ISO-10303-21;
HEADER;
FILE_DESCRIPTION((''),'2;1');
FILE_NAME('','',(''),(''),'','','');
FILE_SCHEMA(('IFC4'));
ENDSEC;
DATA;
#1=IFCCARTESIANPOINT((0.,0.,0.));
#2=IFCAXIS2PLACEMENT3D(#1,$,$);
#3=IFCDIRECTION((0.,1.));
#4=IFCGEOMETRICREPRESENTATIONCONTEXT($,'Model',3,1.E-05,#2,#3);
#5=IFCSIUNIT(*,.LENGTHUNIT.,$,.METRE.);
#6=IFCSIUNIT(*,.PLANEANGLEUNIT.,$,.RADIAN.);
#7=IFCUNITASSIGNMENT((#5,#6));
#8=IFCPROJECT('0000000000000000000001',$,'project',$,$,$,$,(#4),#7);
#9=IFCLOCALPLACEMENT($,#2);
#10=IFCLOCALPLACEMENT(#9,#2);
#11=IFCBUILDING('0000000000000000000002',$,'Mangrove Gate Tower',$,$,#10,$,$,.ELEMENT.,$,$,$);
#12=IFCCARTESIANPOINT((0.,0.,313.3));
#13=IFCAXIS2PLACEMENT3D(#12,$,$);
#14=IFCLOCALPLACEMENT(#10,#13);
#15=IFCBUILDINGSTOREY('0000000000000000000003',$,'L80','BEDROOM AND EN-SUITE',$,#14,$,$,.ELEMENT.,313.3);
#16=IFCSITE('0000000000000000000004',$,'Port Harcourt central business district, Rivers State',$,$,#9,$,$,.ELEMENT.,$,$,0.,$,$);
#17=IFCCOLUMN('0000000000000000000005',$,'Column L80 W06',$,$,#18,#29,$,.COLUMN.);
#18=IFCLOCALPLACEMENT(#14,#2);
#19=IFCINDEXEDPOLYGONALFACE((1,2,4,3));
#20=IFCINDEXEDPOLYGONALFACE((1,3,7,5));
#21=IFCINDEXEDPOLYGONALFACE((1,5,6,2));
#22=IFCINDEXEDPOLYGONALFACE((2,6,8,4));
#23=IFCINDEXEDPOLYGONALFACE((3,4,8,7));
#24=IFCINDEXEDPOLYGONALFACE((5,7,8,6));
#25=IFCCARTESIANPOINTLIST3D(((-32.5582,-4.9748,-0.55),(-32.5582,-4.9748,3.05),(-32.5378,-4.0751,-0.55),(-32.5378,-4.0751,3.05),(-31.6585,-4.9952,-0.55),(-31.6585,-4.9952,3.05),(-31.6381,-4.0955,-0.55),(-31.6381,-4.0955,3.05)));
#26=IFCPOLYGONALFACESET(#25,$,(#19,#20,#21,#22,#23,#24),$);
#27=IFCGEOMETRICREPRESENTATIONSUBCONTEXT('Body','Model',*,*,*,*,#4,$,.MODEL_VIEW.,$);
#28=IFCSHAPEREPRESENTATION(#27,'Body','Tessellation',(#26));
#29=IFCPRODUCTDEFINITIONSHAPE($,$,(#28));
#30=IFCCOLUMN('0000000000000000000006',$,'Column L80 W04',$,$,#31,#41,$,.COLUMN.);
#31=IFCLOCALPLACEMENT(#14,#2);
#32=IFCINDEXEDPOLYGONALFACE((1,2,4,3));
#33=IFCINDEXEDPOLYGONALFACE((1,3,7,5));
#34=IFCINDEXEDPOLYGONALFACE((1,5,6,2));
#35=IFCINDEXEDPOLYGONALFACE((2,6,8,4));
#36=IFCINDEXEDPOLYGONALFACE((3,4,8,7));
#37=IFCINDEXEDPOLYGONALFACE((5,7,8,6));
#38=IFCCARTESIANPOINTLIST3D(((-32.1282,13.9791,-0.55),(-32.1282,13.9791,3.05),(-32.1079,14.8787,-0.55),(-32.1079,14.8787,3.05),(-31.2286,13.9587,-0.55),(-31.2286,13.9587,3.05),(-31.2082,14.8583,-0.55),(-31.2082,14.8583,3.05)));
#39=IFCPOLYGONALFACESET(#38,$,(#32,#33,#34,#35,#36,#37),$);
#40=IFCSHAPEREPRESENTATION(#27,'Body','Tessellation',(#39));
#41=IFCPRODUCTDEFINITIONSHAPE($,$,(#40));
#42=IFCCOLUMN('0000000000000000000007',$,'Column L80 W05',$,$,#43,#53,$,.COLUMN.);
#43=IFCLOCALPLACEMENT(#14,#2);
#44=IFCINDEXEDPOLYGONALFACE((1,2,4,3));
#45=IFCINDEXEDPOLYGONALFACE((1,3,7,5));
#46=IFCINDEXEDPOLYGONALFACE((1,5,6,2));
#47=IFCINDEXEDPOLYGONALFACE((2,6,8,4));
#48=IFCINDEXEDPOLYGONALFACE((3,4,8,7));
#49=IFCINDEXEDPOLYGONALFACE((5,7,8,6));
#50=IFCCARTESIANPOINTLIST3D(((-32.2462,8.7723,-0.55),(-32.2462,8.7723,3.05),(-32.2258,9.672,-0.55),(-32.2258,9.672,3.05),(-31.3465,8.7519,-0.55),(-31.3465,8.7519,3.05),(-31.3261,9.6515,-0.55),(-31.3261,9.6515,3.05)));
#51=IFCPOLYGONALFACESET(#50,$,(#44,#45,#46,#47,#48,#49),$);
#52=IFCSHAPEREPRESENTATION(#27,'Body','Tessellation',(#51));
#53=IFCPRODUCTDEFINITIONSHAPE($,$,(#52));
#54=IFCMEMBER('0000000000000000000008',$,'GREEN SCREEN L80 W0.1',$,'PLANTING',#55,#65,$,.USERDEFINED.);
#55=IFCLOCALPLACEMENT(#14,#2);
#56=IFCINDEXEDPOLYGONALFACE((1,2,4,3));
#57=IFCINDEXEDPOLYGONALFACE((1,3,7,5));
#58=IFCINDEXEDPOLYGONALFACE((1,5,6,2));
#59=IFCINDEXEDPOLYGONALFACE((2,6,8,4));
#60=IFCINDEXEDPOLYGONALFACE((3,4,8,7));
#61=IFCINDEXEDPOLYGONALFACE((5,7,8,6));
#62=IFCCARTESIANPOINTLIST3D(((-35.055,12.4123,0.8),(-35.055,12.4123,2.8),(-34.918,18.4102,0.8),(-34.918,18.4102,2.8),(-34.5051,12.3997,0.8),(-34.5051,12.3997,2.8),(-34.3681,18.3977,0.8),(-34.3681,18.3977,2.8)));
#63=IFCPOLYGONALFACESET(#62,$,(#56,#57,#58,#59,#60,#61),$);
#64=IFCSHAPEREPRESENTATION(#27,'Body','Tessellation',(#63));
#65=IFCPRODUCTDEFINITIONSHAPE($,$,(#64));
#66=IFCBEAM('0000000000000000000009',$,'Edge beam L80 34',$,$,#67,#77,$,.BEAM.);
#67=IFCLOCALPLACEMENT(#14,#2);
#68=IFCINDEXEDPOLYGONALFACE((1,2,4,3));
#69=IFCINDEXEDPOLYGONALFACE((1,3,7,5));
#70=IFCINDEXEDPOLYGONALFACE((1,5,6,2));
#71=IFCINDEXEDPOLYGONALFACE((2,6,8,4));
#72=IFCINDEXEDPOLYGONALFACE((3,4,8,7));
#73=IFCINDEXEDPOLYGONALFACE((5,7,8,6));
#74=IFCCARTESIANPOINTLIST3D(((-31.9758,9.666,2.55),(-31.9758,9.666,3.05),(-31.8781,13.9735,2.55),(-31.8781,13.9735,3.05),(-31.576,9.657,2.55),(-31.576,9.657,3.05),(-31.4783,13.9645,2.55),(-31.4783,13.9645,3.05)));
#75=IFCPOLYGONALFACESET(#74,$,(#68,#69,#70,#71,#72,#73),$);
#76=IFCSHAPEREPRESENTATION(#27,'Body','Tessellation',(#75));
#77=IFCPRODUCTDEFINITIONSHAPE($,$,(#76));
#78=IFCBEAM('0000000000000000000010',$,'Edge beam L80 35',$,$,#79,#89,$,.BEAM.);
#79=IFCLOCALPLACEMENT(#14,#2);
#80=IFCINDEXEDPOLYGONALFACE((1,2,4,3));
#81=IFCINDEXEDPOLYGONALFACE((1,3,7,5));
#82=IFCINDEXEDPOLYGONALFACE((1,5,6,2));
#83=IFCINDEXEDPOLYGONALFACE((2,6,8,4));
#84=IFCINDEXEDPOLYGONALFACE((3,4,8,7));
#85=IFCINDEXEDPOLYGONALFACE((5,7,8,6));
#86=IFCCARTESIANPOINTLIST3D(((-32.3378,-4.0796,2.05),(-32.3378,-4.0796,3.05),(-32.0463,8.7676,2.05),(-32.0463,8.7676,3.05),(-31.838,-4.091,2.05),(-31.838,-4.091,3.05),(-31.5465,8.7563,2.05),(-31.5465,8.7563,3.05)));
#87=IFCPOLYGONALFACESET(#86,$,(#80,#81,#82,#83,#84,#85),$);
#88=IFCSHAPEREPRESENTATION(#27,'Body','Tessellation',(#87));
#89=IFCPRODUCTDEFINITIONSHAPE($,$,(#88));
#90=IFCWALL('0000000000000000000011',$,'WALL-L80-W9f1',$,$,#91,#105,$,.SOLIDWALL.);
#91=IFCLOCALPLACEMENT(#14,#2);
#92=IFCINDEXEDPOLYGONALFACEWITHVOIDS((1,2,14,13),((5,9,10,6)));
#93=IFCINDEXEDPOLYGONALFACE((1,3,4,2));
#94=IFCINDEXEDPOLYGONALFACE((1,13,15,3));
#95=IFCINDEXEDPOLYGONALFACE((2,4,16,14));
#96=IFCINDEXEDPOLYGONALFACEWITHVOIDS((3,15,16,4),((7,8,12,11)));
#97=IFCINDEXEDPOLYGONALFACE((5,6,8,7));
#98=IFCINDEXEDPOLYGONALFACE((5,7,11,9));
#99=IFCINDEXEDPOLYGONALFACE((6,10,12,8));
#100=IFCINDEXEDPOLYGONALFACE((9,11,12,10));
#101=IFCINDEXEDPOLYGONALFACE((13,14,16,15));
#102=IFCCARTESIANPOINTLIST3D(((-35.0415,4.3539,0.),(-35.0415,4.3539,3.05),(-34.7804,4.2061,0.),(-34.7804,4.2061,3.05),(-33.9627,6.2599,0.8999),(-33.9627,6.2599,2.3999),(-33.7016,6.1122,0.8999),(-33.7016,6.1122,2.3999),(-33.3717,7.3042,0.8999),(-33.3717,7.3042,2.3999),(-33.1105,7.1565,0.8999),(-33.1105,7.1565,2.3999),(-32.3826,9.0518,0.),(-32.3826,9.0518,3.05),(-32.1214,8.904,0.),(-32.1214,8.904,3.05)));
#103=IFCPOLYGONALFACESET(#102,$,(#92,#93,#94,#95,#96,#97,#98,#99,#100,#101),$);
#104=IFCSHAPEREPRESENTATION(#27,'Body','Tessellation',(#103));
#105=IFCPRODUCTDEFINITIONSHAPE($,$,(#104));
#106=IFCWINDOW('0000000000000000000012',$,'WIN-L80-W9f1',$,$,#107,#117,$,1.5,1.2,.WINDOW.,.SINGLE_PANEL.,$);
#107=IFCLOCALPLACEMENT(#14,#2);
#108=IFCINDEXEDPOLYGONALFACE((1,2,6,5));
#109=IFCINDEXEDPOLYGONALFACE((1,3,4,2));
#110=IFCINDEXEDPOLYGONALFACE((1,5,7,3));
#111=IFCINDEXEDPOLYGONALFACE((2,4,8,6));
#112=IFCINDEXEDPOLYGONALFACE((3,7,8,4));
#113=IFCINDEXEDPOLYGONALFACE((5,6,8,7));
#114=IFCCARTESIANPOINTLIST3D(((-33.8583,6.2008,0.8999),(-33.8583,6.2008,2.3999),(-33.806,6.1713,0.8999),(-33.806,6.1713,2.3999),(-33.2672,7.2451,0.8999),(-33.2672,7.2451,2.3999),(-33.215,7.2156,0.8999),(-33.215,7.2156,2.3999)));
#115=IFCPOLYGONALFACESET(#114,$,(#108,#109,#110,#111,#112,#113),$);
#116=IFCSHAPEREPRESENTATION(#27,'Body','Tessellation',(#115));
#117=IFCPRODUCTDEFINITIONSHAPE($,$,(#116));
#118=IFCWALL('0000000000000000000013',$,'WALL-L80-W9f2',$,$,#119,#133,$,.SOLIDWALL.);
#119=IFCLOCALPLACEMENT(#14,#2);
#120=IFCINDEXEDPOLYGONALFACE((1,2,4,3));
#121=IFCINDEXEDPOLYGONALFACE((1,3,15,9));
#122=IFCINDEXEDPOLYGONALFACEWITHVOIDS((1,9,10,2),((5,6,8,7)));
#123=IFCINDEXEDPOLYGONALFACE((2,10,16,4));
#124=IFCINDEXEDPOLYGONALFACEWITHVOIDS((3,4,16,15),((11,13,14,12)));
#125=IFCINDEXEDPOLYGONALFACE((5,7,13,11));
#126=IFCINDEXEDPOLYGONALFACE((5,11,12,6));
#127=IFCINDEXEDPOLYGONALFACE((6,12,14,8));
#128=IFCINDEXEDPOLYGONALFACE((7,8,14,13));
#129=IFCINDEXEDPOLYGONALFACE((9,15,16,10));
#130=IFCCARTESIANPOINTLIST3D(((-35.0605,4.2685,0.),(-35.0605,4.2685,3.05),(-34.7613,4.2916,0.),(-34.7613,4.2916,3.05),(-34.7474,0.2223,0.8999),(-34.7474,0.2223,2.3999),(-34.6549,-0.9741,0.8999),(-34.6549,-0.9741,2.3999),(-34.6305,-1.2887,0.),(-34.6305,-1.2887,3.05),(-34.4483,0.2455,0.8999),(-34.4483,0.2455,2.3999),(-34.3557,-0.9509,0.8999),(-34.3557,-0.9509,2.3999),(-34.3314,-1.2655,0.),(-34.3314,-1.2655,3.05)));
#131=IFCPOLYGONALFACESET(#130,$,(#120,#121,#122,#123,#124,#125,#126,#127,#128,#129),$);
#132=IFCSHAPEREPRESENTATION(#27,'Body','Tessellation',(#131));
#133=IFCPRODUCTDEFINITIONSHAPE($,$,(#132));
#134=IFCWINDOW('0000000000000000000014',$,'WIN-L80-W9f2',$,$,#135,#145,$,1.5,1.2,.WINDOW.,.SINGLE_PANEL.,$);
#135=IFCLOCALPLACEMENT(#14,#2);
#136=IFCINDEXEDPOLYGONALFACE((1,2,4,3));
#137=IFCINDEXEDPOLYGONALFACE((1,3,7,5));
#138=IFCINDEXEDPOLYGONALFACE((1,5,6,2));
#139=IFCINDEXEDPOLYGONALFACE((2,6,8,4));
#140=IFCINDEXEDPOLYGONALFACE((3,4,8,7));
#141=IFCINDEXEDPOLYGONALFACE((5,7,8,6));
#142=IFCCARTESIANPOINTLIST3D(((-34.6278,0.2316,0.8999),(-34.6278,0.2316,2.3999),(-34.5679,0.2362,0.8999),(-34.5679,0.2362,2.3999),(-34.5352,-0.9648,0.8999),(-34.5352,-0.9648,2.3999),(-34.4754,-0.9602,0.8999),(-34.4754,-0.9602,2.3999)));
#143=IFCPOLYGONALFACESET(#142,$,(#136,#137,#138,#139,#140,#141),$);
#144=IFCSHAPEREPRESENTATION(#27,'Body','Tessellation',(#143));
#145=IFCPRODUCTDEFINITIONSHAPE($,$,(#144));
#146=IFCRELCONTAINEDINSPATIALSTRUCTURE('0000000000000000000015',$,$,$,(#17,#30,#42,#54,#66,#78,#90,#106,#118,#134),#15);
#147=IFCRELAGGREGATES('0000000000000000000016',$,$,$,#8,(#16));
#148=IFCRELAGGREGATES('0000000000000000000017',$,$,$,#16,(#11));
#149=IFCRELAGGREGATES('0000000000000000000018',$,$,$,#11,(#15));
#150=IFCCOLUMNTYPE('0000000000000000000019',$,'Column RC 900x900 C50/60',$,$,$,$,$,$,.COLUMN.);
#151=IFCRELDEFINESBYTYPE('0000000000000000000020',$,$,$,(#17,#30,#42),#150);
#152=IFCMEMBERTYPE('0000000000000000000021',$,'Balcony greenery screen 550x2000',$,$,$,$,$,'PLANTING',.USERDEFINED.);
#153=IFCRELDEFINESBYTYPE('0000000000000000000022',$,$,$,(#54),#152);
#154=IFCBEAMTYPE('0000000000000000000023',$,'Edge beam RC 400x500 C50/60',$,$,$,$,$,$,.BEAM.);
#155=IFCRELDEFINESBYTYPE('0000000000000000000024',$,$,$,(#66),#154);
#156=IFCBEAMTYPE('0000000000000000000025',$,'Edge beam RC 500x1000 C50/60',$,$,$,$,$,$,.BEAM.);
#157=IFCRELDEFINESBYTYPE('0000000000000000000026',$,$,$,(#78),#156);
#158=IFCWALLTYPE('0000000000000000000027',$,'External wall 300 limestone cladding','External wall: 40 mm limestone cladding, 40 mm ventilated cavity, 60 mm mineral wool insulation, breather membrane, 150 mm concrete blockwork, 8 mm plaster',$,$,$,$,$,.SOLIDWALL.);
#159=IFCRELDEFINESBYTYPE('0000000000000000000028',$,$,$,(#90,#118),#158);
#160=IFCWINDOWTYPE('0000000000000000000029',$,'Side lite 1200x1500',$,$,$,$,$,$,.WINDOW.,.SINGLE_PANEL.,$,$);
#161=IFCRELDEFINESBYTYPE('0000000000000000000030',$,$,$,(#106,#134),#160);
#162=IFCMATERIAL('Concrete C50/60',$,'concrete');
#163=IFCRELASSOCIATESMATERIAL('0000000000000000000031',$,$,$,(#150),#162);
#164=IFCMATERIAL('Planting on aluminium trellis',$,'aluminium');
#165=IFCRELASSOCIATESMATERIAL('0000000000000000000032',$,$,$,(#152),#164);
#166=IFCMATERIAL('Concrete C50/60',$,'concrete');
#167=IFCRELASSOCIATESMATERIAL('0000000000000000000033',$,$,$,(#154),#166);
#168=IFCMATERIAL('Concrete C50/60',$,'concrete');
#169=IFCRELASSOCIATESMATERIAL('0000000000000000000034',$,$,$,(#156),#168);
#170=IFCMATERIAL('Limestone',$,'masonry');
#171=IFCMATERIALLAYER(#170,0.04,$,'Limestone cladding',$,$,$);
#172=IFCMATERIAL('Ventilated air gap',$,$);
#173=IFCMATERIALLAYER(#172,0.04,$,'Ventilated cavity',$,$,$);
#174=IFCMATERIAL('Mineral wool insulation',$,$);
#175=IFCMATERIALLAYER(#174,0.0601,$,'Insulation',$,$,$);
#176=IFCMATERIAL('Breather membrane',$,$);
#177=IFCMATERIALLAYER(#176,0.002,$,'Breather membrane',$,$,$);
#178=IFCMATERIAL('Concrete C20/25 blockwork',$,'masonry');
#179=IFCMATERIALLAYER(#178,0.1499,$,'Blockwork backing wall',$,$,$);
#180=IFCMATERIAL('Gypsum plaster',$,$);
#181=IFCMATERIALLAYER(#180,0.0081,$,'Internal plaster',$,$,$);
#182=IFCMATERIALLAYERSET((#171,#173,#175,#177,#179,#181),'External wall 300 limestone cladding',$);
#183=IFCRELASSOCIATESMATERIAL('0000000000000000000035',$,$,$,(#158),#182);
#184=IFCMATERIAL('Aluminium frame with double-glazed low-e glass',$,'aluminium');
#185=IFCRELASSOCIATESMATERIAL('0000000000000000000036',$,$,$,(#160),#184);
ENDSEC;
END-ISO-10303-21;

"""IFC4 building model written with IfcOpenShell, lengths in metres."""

from ifc_helpers import new_model, si_unit, direction, frame, frame_2d, origin, origin_2d, place, context, subcontext, project, spatial, rectangle, extrude, material, layer, layer_set, material_profile, profile_set, type_object, element, fill, save


model = new_model("IFC4")

# Units and contexts
model_context = context("Model", 3, precision=1e-05, world=origin(), true_north=direction((0.0, 1.0)))
body_context = subcontext(model_context, "Body", "Model", "MODEL_VIEW")
ifc_project = project(units=[si_unit("LENGTHUNIT", "METRE"), si_unit("PLANEANGLEUNIT", "RADIAN")], contexts=[model_context])

# Site, building, storey
site_placement = place(None, origin())
site = spatial("IfcSite", under=ifc_project, at=site_placement, Name="Port Harcourt central business district, Rivers State", CompositionType="ELEMENT", RefElevation=0.0)
building_placement = place(site_placement, origin())
building = spatial("IfcBuilding", under=site, at=building_placement, Name="Mangrove Gate Tower", CompositionType="ELEMENT")
storey_placement = place(building_placement, frame((0.0, 0.0, 313.3)))
storey = spatial("IfcBuildingStorey", under=building, at=storey_placement, Name="L80", Description="BEDROOM AND EN-SUITE", CompositionType="ELEMENT", Elevation=313.3)

# Columns
ifc_material_1 = material(Name="Concrete C50/60", Category="concrete")
ifc_material_profile_1 = material_profile(ifc_material_1, rectangle(XDim=0.8999, YDim=0.8999, at=origin_2d()))
ifc_profile_set_1 = profile_set([ifc_material_profile_1], Name="Concrete C50/60")
column_type = type_object("IfcColumnType", Name="Column RC 900x900 C50/60", PredefinedType="COLUMN", material=ifc_profile_set_1)
for number, where, z_axis, x_axis, name in (
    (1, (-32.0981, -4.5352, -0.55), (0.0, 0.0, 1.0), (-0.02268, -0.999743, 0.0), "Column L80 W06"),
    (2, (-31.6682, 14.4187, -0.55), (0.0, 0.0, 1.0), (-0.022656, -0.999743, 0.0), "Column L80 W04"),
    (3, (-31.7861, 9.2119, -0.55), (0.0, 0.0, 1.0), (-0.022681, -0.999743, 0.0), "Column L80 W05"),
):
    element("IfcColumn", number, at=place(storey_placement, frame(where, z_axis=z_axis, x_axis=x_axis)), inside=storey, type_object=column_type, Name=name, PredefinedType="COLUMN", context=body_context, shape_type="SweptSolid", body=[
        extrude(rectangle(XDim=0.8999, YDim=0.8999, at=origin_2d()), origin(), (0.0, 0.0, 1.0), 3.6001),
    ])

# Member
ifc_material_2 = material(Name="Planting on aluminium trellis", Category="aluminium")
ifc_material_profile_2 = material_profile(ifc_material_2, rectangle(XDim=0.55, YDim=2.0, at=origin_2d()))
ifc_profile_set_2 = profile_set([ifc_material_profile_2], Name="Planting on aluminium trellis")
member_type = type_object("IfcMemberType", Name="Balcony greenery screen 550x2000", ElementType="PLANTING", PredefinedType="USERDEFINED", material=ifc_profile_set_2)
member_placement = place(storey_placement, frame((-34.78, 12.406, 1.8), z_axis=(0.022829, 0.999739, 0.0), x_axis=(-0.999739, 0.022829, 0.0)))
element("IfcMember", 4, at=member_placement, inside=storey, type_object=member_type, Name="GREEN SCREEN L80 W0.1", ObjectType="PLANTING", PredefinedType="USERDEFINED", context=body_context, shape_type="SweptSolid", body=[
    extrude(rectangle(XDim=0.55, YDim=2.0, at=origin_2d()), origin(), (0.0, 0.0, 1.0), 5.9995),
])

# Beams
ifc_material_3 = material(Name="Concrete C50/60", Category="concrete")
ifc_material_profile_3 = material_profile(ifc_material_3, rectangle(XDim=0.3999, YDim=0.5, at=origin_2d()))
ifc_profile_set_3 = profile_set([ifc_material_profile_3], Name="Concrete C50/60")
beam_type_1 = type_object("IfcBeamType", Name="Edge beam RC 400x500 C50/60", PredefinedType="BEAM", material=ifc_profile_set_3)
beam_1_placement = place(storey_placement, frame((-31.6782, 13.969, 2.8), z_axis=(-0.022666, -0.999743, 0.0), x_axis=(0.999743, -0.022666, 0.0)))
element("IfcBeam", 5, at=beam_1_placement, inside=storey, type_object=beam_type_1, Name="Edge beam L80 34", PredefinedType="BEAM", context=body_context, shape_type="SweptSolid", body=[
    extrude(rectangle(XDim=0.3999, YDim=0.5, at=origin_2d()), origin(), (0.0, 0.0, 1.0), 4.3086),
])
ifc_material_4 = material(Name="Concrete C50/60", Category="concrete")
ifc_material_profile_4 = material_profile(ifc_material_4, rectangle(XDim=0.5, YDim=1.0, at=origin_2d()))
ifc_profile_set_4 = profile_set([ifc_material_profile_4], Name="Concrete C50/60")
beam_type_2 = type_object("IfcBeamType", Name="Edge beam RC 500x1000 C50/60", PredefinedType="BEAM", material=ifc_profile_set_4)
beam_2_placement = place(storey_placement, frame((-31.7964, 8.762, 2.55), z_axis=(-0.022684, -0.999743, 0.0), x_axis=(0.999743, -0.022684, 0.0)))
element("IfcBeam", 6, at=beam_2_placement, inside=storey, type_object=beam_type_2, Name="Edge beam L80 35", PredefinedType="BEAM", context=body_context, shape_type="SweptSolid", body=[
    extrude(rectangle(XDim=0.5, YDim=1.0, at=origin_2d()), origin(), (0.0, 0.0, 1.0), 12.8506),
])

# Walls, openings, windows
ifc_material_5 = material(Name="Limestone", Category="masonry")
ifc_layer_1 = layer(ifc_material_5, 0.04, Name="Limestone cladding")
ifc_material_6 = material(Name="Ventilated air gap")
ifc_layer_2 = layer(ifc_material_6, 0.04, Name="Ventilated cavity")
ifc_material_7 = material(Name="Mineral wool insulation")
ifc_layer_3 = layer(ifc_material_7, 0.0601, Name="Insulation")
ifc_material_8 = material(Name="Breather membrane")
ifc_layer_4 = layer(ifc_material_8, 0.002, Name="Breather membrane")
ifc_material_9 = material(Name="Concrete C20/25 blockwork", Category="masonry")
ifc_layer_5 = layer(ifc_material_9, 0.1499, Name="Blockwork backing wall")
ifc_material_10 = material(Name="Gypsum plaster")
ifc_layer_6 = layer(ifc_material_10, 0.0081, Name="Internal plaster")
ifc_layer_set_1 = layer_set([ifc_layer_1, ifc_layer_2, ifc_layer_3, ifc_layer_4, ifc_layer_5, ifc_layer_6], Name="External wall 300 limestone cladding")
wall_type_1 = type_object("IfcWallType", Name="External wall 300 limestone cladding", Description="External wall: 40 mm limestone cladding, 40 mm ventilated cavity, 60 mm mineral wool insulation, breather membrane, 150 mm concrete blockwork, 8 mm plaster", PredefinedType="SOLIDWALL", material=ifc_layer_set_1)
wall_1_placement = place(storey_placement, frame((-32.252, 8.978, 0.0), z_axis=(0.0, 0.0, 1.0), x_axis=(-0.492555, -0.870281, 0.0)))
wall_1 = element("IfcWall", 7, at=wall_1_placement, inside=storey, type_object=wall_type_1, Name="WALL-L80-W9f1", PredefinedType="SOLIDWALL", context=body_context, shape_type="SweptSolid", body=[
    extrude(rectangle(XDim=5.3982, YDim=0.3, at=frame_2d((2.6992, 0.0))), origin(), (0.0, 0.0, 1.0), 3.05),
])
opening_1_placement = place(wall_1_placement, frame((2.0081, 0.0, 0.8999)))
opening_1 = element("IfcOpeningElement", 8, at=opening_1_placement, cuts=wall_1, PredefinedType="OPENING", context=body_context, shape_type="SweptSolid", body=[
    extrude(rectangle(XDim=1.2, YDim=1.5, at=frame_2d((0.6001, 0.75))), frame((0.0, 0.1599, 0.0), z_axis=(0.0, -1.0, 0.0), x_axis=(1.0, 0.0, 0.0)), (0.0, 0.0, 1.0), 0.3201),
])
ifc_material_11 = material(Name="Aluminium frame with double-glazed low-e glass", Category="aluminium")
window_type_1 = type_object("IfcWindowType", Name="Side lite 1200x1500", PartitioningType="SINGLE_PANEL", PredefinedType="WINDOW", material=ifc_material_11)
window_1_placement = place(opening_1_placement, origin())
window_1 = element("IfcWindow", 9, at=window_1_placement, inside=storey, type_object=window_type_1, Name="WIN-L80-W9f1", OverallHeight=1.5, OverallWidth=1.2, PartitioningType="SINGLE_PANEL", PredefinedType="WINDOW", context=body_context, shape_type="SweptSolid", body=[
    extrude(rectangle(XDim=1.2, YDim=1.5, at=frame_2d((0.6001, 0.75))), frame((0.0, 0.03, 0.0), z_axis=(0.0, -1.0, 0.0), x_axis=(1.0, 0.0, 0.0)), (0.0, 0.0, 1.0), 0.0601),
])
fill(opening_1, window_1)
wall_2_placement = place(storey_placement, frame((-34.9109, 4.28, 0.0), z_axis=(0.0, 0.0, 1.0), x_axis=(0.077135, -0.997021, 0.0)))
wall_2 = element("IfcWall", 10, at=wall_2_placement, inside=storey, type_object=wall_type_1, Name="WALL-L80-W9f2", PredefinedType="SOLIDWALL", context=body_context, shape_type="SweptSolid", body=[
    extrude(rectangle(XDim=5.5737, YDim=0.3, at=frame_2d((2.7869, 0.0))), origin(), (0.0, 0.0, 1.0), 3.05),
])
opening_2_placement = place(wall_2_placement, frame((4.0581, 0.0, 0.8999)))
opening_2 = element("IfcOpeningElement", 11, at=opening_2_placement, cuts=wall_2, PredefinedType="OPENING", context=body_context, shape_type="SweptSolid", body=[
    extrude(rectangle(XDim=1.2, YDim=1.5, at=frame_2d((0.6001, 0.75))), frame((0.0, 0.1599, 0.0), z_axis=(0.0, -1.0, 0.0), x_axis=(1.0, 0.0, 0.0)), (0.0, 0.0, 1.0), 0.3201),
])
window_2_placement = place(opening_2_placement, origin())
window_2 = element("IfcWindow", 12, at=window_2_placement, inside=storey, type_object=window_type_1, Name="WIN-L80-W9f2", OverallHeight=1.5, OverallWidth=1.2, PartitioningType="SINGLE_PANEL", PredefinedType="WINDOW", context=body_context, shape_type="SweptSolid", body=[
    extrude(rectangle(XDim=1.2, YDim=1.5, at=frame_2d((0.6001, 0.75))), frame((0.0, 0.03, 0.0), z_axis=(0.0, -1.0, 0.0), x_axis=(1.0, 0.0, 0.0)), (0.0, 0.0, 1.0), 0.0601),
])
fill(opening_2, window_2)

save(model, "model.ifc")
